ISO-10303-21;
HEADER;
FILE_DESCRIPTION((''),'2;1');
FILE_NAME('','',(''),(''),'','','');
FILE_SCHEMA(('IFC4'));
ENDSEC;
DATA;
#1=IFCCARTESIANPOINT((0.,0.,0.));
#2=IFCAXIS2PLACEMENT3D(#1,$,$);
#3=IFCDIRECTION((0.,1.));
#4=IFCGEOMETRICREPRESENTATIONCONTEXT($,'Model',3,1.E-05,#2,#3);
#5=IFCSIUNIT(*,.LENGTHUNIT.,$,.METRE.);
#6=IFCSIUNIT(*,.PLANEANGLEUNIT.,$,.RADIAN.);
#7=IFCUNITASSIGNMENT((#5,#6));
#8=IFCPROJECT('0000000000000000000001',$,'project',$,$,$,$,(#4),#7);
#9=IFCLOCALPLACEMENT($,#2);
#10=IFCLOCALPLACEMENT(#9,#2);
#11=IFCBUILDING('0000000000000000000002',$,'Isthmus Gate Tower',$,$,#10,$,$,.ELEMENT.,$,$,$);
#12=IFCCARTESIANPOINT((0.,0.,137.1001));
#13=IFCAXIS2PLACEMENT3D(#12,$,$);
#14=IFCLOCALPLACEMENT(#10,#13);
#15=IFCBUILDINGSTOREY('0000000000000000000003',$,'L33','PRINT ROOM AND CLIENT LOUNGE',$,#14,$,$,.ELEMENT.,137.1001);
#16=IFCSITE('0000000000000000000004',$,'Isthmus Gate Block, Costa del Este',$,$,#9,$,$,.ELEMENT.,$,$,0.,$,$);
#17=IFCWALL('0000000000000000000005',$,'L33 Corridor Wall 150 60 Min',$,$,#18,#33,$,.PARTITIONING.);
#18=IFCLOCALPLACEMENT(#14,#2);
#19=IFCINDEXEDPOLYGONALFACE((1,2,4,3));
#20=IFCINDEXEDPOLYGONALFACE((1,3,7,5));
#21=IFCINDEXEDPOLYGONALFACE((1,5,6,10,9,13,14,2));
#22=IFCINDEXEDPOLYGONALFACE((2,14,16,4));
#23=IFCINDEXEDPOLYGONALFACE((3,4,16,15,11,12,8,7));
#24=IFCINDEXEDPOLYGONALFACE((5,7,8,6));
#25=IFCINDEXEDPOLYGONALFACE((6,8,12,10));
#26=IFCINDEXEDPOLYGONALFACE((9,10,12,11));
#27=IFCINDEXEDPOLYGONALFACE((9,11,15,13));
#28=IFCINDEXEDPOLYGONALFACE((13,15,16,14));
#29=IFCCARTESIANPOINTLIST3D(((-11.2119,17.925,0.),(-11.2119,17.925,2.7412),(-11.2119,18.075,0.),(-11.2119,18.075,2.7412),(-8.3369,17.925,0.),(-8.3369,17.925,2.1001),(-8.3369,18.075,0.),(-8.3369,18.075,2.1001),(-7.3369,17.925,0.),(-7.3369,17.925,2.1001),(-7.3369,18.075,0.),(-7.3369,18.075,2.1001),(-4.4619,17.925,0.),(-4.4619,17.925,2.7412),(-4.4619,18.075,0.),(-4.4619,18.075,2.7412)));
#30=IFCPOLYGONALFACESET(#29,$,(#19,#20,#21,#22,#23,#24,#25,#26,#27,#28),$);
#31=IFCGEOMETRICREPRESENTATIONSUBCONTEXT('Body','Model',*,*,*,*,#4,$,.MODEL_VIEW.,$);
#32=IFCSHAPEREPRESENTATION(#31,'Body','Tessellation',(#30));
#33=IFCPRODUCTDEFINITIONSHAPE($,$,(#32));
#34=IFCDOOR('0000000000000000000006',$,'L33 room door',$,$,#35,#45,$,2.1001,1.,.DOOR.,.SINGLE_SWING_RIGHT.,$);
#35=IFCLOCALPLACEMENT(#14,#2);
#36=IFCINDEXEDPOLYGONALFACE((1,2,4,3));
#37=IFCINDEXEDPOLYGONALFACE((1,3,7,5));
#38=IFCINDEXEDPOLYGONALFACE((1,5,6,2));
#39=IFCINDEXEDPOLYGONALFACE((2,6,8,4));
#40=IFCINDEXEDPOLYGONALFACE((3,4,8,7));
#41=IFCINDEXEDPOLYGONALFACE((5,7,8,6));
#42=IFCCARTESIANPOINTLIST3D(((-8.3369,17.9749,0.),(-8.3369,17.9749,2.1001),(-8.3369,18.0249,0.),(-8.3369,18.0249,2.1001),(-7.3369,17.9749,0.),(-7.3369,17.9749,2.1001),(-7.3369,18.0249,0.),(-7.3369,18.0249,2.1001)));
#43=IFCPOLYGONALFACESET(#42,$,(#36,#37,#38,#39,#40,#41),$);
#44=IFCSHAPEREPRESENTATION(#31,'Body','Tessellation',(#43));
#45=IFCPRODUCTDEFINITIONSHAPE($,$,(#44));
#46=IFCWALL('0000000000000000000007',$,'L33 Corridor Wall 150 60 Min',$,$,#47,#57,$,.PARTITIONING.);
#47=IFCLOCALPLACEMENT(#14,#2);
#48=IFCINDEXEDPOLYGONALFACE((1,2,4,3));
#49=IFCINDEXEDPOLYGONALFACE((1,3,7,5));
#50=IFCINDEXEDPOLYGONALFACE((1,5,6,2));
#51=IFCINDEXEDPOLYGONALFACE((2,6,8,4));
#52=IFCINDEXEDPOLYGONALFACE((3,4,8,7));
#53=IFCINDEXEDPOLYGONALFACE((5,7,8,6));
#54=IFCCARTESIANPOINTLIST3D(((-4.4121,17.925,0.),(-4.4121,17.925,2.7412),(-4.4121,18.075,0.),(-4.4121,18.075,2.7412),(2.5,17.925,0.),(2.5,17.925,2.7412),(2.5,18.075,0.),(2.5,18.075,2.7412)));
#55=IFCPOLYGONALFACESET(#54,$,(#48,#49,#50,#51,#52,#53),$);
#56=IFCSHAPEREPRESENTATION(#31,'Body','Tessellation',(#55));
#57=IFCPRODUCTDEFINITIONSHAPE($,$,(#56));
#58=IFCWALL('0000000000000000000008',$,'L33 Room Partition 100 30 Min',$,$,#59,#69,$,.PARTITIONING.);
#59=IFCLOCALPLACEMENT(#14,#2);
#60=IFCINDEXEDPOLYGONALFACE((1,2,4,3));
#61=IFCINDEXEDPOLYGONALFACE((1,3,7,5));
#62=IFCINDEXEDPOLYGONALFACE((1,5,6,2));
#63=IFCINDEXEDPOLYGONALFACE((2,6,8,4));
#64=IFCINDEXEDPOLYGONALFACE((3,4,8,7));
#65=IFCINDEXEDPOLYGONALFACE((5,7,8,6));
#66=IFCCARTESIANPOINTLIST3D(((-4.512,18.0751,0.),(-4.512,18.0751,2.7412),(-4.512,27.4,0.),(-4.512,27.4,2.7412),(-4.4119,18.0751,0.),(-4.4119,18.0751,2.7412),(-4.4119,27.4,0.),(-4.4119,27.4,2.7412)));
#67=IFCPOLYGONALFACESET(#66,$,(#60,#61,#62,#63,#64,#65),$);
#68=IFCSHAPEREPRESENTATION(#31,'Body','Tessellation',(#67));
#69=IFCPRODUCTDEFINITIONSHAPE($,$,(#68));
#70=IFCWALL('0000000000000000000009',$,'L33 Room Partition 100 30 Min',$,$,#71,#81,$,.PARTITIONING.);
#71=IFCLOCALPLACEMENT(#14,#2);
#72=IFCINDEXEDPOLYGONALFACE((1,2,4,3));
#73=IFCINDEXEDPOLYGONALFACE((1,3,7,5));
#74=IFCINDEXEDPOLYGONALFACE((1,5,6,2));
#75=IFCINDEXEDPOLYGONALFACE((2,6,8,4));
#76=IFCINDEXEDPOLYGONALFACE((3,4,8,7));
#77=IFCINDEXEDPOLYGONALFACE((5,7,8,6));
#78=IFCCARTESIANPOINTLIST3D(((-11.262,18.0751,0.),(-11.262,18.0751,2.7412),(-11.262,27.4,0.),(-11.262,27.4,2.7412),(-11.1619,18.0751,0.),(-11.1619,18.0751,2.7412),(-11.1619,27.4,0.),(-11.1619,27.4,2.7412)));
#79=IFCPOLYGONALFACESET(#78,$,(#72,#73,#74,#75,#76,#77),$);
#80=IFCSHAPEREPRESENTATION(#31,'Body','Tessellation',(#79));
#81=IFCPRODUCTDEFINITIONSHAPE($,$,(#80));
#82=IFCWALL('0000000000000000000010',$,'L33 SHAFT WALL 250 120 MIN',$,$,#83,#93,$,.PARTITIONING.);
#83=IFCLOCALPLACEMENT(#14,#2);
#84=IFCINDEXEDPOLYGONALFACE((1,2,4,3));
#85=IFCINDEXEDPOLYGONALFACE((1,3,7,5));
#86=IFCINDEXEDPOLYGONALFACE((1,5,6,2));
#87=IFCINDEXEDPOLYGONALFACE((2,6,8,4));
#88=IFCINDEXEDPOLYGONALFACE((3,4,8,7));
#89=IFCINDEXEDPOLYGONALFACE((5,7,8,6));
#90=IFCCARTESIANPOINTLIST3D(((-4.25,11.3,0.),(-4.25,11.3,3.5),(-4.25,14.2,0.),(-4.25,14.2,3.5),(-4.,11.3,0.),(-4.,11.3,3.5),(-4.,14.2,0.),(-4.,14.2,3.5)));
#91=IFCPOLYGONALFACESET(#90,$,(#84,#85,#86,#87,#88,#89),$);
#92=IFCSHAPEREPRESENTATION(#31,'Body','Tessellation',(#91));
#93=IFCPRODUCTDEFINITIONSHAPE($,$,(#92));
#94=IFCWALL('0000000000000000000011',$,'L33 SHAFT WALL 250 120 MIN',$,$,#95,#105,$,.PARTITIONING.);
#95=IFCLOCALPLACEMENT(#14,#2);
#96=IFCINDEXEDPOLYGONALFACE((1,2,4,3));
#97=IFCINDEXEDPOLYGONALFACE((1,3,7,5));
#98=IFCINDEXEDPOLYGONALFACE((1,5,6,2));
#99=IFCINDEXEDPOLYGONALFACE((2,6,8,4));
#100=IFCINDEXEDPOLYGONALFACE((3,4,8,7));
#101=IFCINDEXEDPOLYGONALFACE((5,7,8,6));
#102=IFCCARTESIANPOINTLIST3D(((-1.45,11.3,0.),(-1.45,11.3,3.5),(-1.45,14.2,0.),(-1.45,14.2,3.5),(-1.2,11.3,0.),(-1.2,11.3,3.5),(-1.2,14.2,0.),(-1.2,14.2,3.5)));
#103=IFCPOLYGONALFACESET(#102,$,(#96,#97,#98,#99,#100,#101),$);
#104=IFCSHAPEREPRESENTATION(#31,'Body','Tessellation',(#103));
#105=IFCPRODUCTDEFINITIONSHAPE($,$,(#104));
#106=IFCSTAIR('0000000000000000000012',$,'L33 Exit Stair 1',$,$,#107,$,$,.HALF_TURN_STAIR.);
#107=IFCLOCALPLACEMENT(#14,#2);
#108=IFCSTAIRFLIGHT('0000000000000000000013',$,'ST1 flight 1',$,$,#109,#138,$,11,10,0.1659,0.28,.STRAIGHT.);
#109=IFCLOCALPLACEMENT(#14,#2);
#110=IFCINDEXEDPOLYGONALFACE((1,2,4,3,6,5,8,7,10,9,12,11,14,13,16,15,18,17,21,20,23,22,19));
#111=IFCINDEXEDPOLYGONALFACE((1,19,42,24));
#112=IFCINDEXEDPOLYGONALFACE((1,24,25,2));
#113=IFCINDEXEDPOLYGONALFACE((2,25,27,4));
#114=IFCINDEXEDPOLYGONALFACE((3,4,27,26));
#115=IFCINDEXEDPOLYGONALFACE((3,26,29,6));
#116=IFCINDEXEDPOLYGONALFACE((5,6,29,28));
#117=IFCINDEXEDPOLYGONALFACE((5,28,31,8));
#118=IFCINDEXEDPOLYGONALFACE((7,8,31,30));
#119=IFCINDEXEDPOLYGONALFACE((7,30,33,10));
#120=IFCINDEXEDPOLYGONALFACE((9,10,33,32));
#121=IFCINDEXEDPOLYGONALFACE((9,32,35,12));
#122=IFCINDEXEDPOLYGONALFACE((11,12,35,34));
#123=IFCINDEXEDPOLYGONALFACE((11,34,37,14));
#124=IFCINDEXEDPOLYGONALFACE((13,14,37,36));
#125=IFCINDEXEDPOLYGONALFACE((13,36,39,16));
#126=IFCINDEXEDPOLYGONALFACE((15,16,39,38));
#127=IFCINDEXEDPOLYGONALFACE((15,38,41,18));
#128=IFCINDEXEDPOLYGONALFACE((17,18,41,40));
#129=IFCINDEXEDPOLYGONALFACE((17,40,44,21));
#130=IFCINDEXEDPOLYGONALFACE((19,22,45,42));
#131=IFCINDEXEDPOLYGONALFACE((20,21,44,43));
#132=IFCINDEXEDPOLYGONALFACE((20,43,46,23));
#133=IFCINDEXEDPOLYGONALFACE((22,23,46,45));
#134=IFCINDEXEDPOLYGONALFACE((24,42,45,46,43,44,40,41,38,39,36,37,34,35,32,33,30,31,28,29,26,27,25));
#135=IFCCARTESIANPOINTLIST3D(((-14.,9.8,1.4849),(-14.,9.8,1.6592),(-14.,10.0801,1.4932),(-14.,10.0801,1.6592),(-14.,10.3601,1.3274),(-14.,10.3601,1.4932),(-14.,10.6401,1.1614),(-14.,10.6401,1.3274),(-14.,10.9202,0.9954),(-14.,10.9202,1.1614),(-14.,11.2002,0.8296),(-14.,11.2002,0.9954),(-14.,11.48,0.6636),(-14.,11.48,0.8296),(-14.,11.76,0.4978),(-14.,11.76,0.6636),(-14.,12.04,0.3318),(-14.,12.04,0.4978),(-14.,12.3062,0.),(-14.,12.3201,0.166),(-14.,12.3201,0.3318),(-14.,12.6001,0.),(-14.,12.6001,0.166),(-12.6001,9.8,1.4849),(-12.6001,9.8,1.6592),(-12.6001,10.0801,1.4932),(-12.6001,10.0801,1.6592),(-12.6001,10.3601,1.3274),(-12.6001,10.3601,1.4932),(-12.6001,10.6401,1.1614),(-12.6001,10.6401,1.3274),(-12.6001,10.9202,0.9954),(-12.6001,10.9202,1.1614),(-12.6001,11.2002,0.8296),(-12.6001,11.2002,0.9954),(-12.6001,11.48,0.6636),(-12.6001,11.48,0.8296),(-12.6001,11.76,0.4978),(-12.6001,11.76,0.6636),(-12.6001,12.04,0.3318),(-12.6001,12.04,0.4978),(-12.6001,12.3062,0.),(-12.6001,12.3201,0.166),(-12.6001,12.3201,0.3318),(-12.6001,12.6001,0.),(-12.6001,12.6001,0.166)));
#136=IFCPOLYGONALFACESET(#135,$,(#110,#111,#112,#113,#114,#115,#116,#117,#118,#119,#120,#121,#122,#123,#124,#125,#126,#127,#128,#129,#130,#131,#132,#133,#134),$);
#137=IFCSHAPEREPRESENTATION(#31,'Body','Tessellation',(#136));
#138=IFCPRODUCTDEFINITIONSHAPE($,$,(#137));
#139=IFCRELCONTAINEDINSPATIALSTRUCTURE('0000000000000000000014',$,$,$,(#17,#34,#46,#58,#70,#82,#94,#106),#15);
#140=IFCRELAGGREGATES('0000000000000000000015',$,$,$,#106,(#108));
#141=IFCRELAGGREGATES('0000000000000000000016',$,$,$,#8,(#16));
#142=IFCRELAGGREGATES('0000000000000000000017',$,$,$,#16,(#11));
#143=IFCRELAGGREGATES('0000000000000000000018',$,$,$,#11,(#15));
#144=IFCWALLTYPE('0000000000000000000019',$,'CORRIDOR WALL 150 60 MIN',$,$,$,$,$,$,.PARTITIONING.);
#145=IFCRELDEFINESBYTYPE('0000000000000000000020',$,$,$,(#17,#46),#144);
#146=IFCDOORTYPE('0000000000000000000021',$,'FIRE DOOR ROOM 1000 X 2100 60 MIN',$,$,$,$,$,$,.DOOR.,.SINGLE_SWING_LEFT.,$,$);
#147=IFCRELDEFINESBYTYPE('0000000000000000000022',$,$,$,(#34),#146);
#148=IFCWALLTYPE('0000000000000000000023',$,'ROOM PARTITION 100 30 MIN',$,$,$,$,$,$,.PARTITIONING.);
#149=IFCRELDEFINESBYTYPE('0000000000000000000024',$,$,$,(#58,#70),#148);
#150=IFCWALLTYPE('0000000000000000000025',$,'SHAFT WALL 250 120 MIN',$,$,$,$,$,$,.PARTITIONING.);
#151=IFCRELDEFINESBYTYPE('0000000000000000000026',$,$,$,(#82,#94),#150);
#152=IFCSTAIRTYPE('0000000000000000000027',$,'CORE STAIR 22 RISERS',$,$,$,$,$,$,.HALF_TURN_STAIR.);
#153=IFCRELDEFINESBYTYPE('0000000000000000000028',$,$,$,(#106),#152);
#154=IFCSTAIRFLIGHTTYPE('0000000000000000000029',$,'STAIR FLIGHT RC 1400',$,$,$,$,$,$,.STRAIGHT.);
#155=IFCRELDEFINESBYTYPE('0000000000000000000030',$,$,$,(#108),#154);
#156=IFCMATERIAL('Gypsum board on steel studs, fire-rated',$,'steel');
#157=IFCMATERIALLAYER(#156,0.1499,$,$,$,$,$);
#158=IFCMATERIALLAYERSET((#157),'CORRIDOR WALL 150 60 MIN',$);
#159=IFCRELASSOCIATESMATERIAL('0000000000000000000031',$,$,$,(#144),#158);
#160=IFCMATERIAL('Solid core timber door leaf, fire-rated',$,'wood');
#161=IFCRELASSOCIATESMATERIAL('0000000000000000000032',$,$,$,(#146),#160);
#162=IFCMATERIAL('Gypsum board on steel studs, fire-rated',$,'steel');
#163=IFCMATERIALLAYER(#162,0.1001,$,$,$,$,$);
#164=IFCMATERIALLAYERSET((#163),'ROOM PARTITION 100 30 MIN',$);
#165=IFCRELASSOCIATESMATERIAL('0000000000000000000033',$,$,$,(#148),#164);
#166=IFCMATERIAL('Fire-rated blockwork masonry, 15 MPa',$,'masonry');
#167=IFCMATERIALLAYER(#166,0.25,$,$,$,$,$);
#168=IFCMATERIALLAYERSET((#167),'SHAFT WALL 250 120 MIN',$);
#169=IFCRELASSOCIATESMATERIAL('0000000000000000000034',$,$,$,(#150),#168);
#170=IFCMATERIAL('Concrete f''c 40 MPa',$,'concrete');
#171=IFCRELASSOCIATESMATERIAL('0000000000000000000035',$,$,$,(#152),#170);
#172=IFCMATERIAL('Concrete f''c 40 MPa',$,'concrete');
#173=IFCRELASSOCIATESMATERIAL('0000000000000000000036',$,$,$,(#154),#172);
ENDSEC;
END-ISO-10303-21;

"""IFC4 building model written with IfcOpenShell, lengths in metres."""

from ifc_helpers import new_model, si_unit, direction, frame, frame_2d, origin, place, context, subcontext, project, spatial, polyline, rectangle, outline, extrude, material, layer, layer_set, type_object, element, fill, aggregate, save


model = new_model("IFC4")

# Units and contexts
model_context = context("Model", 3, precision=1e-05, world=origin(), true_north=direction((0.0, 1.0)))
body_context = subcontext(model_context, "Body", "Model", "MODEL_VIEW")
ifc_project = project(units=[si_unit("LENGTHUNIT", "METRE"), si_unit("PLANEANGLEUNIT", "RADIAN")], contexts=[model_context])

# Site, building, storey
site_placement = place(None, origin())
site = spatial("IfcSite", under=ifc_project, at=site_placement, Name="Isthmus Gate Block, Costa del Este", CompositionType="ELEMENT", RefElevation=0.0)
building_placement = place(site_placement, origin())
building = spatial("IfcBuilding", under=site, at=building_placement, Name="Isthmus Gate Tower", CompositionType="ELEMENT")
storey_placement = place(building_placement, frame((0.0, 0.0, 137.1001)))
storey = spatial("IfcBuildingStorey", under=building, at=storey_placement, Name="L33", Description="PRINT ROOM AND CLIENT LOUNGE", CompositionType="ELEMENT", Elevation=137.1001)

# Wall, opening, door
ifc_material_1 = material(Name="Gypsum board on steel studs, fire-rated", Category="steel")
ifc_layer_1 = layer(ifc_material_1, 0.1499)
ifc_layer_set_1 = layer_set([ifc_layer_1], Name="CORRIDOR WALL 150 60 MIN")
wall_type_1 = type_object("IfcWallType", Name="CORRIDOR WALL 150 60 MIN", PredefinedType="PARTITIONING", material=ifc_layer_set_1)
wall_1_placement = place(storey_placement, frame((-11.2119, 18.0, 0.0), z_axis=(0.0, 0.0, 1.0), x_axis=(1.0, 0.0, 0.0)))
wall_1 = element("IfcWall", 1, at=wall_1_placement, inside=storey, type_object=wall_type_1, Name="L33 Corridor Wall 150 60 Min", PredefinedType="PARTITIONING", context=body_context, shape_type="SweptSolid", body=[
    extrude(rectangle(XDim=6.75, YDim=0.1499, at=frame_2d((3.375, 0.0))), origin(), (0.0, 0.0, 1.0), 2.7412),
])
opening_placement = place(wall_1_placement, frame((2.875, 0.0, 0.0)))
opening = element("IfcOpeningElement", 2, at=opening_placement, cuts=wall_1, PredefinedType="OPENING", context=body_context, shape_type="SweptSolid", body=[
    extrude(rectangle(XDim=1.0, YDim=2.1001, at=frame_2d((0.5, 1.05))), frame((0.0, 0.085, 0.0), z_axis=(0.0, -1.0, 0.0), x_axis=(1.0, 0.0, 0.0)), (0.0, 0.0, 1.0), 0.1699),
])
ifc_material_2 = material(Name="Solid core timber door leaf, fire-rated", Category="wood")
door_type = type_object("IfcDoorType", Name="FIRE DOOR ROOM 1000 X 2100 60 MIN", OperationType="SINGLE_SWING_LEFT", PredefinedType="DOOR", material=ifc_material_2)
door_placement = place(opening_placement, origin())
door = element("IfcDoor", 3, at=door_placement, inside=storey, type_object=door_type, Name="L33 room door", OperationType="SINGLE_SWING_RIGHT", OverallHeight=2.1001, OverallWidth=1.0, PredefinedType="DOOR", context=body_context, shape_type="SweptSolid", body=[
    extrude(rectangle(XDim=1.0, YDim=2.1001, at=frame_2d((0.5, 1.05))), frame((0.0, 0.0249, 0.0), z_axis=(0.0, -1.0, 0.0), x_axis=(1.0, 0.0, 0.0)), (0.0, 0.0, 1.0), 0.05),
])
fill(opening, door)

# Walls
wall_2_placement = place(storey_placement, frame((-4.4121, 18.0, 0.0), z_axis=(0.0, 0.0, 1.0), x_axis=(1.0, 0.0, 0.0)))
element("IfcWall", 4, at=wall_2_placement, inside=storey, type_object=wall_type_1, Name="L33 Corridor Wall 150 60 Min", PredefinedType="PARTITIONING", context=body_context, shape_type="SweptSolid", body=[
    extrude(rectangle(XDim=6.9121, YDim=0.1499, at=frame_2d((3.4561, 0.0))), origin(), (0.0, 0.0, 1.0), 2.7412),
])
ifc_material_3 = material(Name="Gypsum board on steel studs, fire-rated", Category="steel")
ifc_layer_2 = layer(ifc_material_3, 0.1001)
ifc_layer_set_2 = layer_set([ifc_layer_2], Name="ROOM PARTITION 100 30 MIN")
wall_type_2 = type_object("IfcWallType", Name="ROOM PARTITION 100 30 MIN", PredefinedType="PARTITIONING", material=ifc_layer_set_2)
for number, where, z_axis, x_axis, name in (
    (5, (-4.4619, 18.075, 0.0), (0.0, 0.0, 1.0), (0.0, 1.0, 0.0), "L33 Room Partition 100 30 Min"),
    (6, (-11.2119, 18.075, 0.0), (0.0, 0.0, 1.0), (0.0, 1.0, 0.0), "L33 Room Partition 100 30 Min"),
):
    element("IfcWall", number, at=place(storey_placement, frame(where, z_axis=z_axis, x_axis=x_axis)), inside=storey, type_object=wall_type_2, Name=name, PredefinedType="PARTITIONING", context=body_context, shape_type="SweptSolid", body=[
        extrude(rectangle(XDim=9.325, YDim=0.1001, at=frame_2d((4.6626, 0.0))), origin(), (0.0, 0.0, 1.0), 2.7412),
    ])
ifc_material_4 = material(Name="Fire-rated blockwork masonry, 15 MPa", Category="masonry")
ifc_layer_3 = layer(ifc_material_4, 0.25)
ifc_layer_set_3 = layer_set([ifc_layer_3], Name="SHAFT WALL 250 120 MIN")
wall_type_3 = type_object("IfcWallType", Name="SHAFT WALL 250 120 MIN", PredefinedType="PARTITIONING", material=ifc_layer_set_3)
for number, where, z_axis, x_axis, name in (
    (7, (-4.125, 11.3, 0.0), (0.0, 0.0, 1.0), (0.0, 1.0, 0.0), "L33 SHAFT WALL 250 120 MIN"),
    (8, (-1.325, 11.3, 0.0), (0.0, 0.0, 1.0), (0.0, 1.0, 0.0), "L33 SHAFT WALL 250 120 MIN"),
):
    element("IfcWall", number, at=place(storey_placement, frame(where, z_axis=z_axis, x_axis=x_axis)), inside=storey, type_object=wall_type_3, Name=name, PredefinedType="PARTITIONING", context=body_context, shape_type="SweptSolid", body=[
        extrude(rectangle(XDim=2.8999, YDim=0.25, at=frame_2d((1.45, 0.0))), origin(), (0.0, 0.0, 1.0), 3.5),
    ])

# Stair, stair flight
ifc_material_5 = material(Name="Concrete f'c 40 MPa", Category="concrete")
stair_type = type_object("IfcStairType", Name="CORE STAIR 22 RISERS", PredefinedType="HALF_TURN_STAIR", material=ifc_material_5)
stair_placement = place(storey_placement, origin())
stair = element("IfcStair", 9, at=stair_placement, inside=storey, type_object=stair_type, Name="L33 Exit Stair 1", PredefinedType="HALF_TURN_STAIR")
ifc_material_6 = material(Name="Concrete f'c 40 MPa", Category="concrete")
stair_flight_type = type_object("IfcStairFlightType", Name="STAIR FLIGHT RC 1400", PredefinedType="STRAIGHT", material=ifc_material_6)
stair_flight_placement = place(storey_placement, frame((-13.3, 12.6001, 0.0), z_axis=(0.0, 0.0, 1.0), x_axis=(0.0, -1.0, 0.0)))
stair_flight = element("IfcStairFlight", 10, at=stair_flight_placement, type_object=stair_flight_type, Name="ST1 flight 1", NumberOfRisers=11, NumberOfTreads=10, PredefinedType="STRAIGHT", RiserHeight=0.1659, TreadLength=0.28, context=body_context, shape_type="SweptSolid", body=[
    extrude(outline(polyline([(0.0, 0.0), (0.0, 0.166), (0.28, 0.166), (0.28, 0.3318), (0.5601, 0.3318), (0.5601, 0.4978), (0.8401, 0.4978), (0.8401, 0.6636), (1.1201, 0.6636), (1.1201, 0.8296), (1.3999, 0.8296), (1.3999, 0.9954), (1.6799, 0.9954), (1.6799, 1.1614), (1.96, 1.1614), (1.96, 1.3274), (2.24, 1.3274), (2.24, 1.4932), (2.52, 1.4932), (2.52, 1.6592), (2.8, 1.6592), (2.8, 1.825), (2.8, 1.4849), (0.2939, 0.0), (0.0, 0.0)])), frame((0.0, 0.7, 0.0), z_axis=(0.0, -1.0, 0.0), x_axis=(1.0, 0.0, 0.0)), (0.0, 0.0, 1.0), 1.3999),
])
aggregate(stair, [stair_flight])

save(model, "model.ifc")
